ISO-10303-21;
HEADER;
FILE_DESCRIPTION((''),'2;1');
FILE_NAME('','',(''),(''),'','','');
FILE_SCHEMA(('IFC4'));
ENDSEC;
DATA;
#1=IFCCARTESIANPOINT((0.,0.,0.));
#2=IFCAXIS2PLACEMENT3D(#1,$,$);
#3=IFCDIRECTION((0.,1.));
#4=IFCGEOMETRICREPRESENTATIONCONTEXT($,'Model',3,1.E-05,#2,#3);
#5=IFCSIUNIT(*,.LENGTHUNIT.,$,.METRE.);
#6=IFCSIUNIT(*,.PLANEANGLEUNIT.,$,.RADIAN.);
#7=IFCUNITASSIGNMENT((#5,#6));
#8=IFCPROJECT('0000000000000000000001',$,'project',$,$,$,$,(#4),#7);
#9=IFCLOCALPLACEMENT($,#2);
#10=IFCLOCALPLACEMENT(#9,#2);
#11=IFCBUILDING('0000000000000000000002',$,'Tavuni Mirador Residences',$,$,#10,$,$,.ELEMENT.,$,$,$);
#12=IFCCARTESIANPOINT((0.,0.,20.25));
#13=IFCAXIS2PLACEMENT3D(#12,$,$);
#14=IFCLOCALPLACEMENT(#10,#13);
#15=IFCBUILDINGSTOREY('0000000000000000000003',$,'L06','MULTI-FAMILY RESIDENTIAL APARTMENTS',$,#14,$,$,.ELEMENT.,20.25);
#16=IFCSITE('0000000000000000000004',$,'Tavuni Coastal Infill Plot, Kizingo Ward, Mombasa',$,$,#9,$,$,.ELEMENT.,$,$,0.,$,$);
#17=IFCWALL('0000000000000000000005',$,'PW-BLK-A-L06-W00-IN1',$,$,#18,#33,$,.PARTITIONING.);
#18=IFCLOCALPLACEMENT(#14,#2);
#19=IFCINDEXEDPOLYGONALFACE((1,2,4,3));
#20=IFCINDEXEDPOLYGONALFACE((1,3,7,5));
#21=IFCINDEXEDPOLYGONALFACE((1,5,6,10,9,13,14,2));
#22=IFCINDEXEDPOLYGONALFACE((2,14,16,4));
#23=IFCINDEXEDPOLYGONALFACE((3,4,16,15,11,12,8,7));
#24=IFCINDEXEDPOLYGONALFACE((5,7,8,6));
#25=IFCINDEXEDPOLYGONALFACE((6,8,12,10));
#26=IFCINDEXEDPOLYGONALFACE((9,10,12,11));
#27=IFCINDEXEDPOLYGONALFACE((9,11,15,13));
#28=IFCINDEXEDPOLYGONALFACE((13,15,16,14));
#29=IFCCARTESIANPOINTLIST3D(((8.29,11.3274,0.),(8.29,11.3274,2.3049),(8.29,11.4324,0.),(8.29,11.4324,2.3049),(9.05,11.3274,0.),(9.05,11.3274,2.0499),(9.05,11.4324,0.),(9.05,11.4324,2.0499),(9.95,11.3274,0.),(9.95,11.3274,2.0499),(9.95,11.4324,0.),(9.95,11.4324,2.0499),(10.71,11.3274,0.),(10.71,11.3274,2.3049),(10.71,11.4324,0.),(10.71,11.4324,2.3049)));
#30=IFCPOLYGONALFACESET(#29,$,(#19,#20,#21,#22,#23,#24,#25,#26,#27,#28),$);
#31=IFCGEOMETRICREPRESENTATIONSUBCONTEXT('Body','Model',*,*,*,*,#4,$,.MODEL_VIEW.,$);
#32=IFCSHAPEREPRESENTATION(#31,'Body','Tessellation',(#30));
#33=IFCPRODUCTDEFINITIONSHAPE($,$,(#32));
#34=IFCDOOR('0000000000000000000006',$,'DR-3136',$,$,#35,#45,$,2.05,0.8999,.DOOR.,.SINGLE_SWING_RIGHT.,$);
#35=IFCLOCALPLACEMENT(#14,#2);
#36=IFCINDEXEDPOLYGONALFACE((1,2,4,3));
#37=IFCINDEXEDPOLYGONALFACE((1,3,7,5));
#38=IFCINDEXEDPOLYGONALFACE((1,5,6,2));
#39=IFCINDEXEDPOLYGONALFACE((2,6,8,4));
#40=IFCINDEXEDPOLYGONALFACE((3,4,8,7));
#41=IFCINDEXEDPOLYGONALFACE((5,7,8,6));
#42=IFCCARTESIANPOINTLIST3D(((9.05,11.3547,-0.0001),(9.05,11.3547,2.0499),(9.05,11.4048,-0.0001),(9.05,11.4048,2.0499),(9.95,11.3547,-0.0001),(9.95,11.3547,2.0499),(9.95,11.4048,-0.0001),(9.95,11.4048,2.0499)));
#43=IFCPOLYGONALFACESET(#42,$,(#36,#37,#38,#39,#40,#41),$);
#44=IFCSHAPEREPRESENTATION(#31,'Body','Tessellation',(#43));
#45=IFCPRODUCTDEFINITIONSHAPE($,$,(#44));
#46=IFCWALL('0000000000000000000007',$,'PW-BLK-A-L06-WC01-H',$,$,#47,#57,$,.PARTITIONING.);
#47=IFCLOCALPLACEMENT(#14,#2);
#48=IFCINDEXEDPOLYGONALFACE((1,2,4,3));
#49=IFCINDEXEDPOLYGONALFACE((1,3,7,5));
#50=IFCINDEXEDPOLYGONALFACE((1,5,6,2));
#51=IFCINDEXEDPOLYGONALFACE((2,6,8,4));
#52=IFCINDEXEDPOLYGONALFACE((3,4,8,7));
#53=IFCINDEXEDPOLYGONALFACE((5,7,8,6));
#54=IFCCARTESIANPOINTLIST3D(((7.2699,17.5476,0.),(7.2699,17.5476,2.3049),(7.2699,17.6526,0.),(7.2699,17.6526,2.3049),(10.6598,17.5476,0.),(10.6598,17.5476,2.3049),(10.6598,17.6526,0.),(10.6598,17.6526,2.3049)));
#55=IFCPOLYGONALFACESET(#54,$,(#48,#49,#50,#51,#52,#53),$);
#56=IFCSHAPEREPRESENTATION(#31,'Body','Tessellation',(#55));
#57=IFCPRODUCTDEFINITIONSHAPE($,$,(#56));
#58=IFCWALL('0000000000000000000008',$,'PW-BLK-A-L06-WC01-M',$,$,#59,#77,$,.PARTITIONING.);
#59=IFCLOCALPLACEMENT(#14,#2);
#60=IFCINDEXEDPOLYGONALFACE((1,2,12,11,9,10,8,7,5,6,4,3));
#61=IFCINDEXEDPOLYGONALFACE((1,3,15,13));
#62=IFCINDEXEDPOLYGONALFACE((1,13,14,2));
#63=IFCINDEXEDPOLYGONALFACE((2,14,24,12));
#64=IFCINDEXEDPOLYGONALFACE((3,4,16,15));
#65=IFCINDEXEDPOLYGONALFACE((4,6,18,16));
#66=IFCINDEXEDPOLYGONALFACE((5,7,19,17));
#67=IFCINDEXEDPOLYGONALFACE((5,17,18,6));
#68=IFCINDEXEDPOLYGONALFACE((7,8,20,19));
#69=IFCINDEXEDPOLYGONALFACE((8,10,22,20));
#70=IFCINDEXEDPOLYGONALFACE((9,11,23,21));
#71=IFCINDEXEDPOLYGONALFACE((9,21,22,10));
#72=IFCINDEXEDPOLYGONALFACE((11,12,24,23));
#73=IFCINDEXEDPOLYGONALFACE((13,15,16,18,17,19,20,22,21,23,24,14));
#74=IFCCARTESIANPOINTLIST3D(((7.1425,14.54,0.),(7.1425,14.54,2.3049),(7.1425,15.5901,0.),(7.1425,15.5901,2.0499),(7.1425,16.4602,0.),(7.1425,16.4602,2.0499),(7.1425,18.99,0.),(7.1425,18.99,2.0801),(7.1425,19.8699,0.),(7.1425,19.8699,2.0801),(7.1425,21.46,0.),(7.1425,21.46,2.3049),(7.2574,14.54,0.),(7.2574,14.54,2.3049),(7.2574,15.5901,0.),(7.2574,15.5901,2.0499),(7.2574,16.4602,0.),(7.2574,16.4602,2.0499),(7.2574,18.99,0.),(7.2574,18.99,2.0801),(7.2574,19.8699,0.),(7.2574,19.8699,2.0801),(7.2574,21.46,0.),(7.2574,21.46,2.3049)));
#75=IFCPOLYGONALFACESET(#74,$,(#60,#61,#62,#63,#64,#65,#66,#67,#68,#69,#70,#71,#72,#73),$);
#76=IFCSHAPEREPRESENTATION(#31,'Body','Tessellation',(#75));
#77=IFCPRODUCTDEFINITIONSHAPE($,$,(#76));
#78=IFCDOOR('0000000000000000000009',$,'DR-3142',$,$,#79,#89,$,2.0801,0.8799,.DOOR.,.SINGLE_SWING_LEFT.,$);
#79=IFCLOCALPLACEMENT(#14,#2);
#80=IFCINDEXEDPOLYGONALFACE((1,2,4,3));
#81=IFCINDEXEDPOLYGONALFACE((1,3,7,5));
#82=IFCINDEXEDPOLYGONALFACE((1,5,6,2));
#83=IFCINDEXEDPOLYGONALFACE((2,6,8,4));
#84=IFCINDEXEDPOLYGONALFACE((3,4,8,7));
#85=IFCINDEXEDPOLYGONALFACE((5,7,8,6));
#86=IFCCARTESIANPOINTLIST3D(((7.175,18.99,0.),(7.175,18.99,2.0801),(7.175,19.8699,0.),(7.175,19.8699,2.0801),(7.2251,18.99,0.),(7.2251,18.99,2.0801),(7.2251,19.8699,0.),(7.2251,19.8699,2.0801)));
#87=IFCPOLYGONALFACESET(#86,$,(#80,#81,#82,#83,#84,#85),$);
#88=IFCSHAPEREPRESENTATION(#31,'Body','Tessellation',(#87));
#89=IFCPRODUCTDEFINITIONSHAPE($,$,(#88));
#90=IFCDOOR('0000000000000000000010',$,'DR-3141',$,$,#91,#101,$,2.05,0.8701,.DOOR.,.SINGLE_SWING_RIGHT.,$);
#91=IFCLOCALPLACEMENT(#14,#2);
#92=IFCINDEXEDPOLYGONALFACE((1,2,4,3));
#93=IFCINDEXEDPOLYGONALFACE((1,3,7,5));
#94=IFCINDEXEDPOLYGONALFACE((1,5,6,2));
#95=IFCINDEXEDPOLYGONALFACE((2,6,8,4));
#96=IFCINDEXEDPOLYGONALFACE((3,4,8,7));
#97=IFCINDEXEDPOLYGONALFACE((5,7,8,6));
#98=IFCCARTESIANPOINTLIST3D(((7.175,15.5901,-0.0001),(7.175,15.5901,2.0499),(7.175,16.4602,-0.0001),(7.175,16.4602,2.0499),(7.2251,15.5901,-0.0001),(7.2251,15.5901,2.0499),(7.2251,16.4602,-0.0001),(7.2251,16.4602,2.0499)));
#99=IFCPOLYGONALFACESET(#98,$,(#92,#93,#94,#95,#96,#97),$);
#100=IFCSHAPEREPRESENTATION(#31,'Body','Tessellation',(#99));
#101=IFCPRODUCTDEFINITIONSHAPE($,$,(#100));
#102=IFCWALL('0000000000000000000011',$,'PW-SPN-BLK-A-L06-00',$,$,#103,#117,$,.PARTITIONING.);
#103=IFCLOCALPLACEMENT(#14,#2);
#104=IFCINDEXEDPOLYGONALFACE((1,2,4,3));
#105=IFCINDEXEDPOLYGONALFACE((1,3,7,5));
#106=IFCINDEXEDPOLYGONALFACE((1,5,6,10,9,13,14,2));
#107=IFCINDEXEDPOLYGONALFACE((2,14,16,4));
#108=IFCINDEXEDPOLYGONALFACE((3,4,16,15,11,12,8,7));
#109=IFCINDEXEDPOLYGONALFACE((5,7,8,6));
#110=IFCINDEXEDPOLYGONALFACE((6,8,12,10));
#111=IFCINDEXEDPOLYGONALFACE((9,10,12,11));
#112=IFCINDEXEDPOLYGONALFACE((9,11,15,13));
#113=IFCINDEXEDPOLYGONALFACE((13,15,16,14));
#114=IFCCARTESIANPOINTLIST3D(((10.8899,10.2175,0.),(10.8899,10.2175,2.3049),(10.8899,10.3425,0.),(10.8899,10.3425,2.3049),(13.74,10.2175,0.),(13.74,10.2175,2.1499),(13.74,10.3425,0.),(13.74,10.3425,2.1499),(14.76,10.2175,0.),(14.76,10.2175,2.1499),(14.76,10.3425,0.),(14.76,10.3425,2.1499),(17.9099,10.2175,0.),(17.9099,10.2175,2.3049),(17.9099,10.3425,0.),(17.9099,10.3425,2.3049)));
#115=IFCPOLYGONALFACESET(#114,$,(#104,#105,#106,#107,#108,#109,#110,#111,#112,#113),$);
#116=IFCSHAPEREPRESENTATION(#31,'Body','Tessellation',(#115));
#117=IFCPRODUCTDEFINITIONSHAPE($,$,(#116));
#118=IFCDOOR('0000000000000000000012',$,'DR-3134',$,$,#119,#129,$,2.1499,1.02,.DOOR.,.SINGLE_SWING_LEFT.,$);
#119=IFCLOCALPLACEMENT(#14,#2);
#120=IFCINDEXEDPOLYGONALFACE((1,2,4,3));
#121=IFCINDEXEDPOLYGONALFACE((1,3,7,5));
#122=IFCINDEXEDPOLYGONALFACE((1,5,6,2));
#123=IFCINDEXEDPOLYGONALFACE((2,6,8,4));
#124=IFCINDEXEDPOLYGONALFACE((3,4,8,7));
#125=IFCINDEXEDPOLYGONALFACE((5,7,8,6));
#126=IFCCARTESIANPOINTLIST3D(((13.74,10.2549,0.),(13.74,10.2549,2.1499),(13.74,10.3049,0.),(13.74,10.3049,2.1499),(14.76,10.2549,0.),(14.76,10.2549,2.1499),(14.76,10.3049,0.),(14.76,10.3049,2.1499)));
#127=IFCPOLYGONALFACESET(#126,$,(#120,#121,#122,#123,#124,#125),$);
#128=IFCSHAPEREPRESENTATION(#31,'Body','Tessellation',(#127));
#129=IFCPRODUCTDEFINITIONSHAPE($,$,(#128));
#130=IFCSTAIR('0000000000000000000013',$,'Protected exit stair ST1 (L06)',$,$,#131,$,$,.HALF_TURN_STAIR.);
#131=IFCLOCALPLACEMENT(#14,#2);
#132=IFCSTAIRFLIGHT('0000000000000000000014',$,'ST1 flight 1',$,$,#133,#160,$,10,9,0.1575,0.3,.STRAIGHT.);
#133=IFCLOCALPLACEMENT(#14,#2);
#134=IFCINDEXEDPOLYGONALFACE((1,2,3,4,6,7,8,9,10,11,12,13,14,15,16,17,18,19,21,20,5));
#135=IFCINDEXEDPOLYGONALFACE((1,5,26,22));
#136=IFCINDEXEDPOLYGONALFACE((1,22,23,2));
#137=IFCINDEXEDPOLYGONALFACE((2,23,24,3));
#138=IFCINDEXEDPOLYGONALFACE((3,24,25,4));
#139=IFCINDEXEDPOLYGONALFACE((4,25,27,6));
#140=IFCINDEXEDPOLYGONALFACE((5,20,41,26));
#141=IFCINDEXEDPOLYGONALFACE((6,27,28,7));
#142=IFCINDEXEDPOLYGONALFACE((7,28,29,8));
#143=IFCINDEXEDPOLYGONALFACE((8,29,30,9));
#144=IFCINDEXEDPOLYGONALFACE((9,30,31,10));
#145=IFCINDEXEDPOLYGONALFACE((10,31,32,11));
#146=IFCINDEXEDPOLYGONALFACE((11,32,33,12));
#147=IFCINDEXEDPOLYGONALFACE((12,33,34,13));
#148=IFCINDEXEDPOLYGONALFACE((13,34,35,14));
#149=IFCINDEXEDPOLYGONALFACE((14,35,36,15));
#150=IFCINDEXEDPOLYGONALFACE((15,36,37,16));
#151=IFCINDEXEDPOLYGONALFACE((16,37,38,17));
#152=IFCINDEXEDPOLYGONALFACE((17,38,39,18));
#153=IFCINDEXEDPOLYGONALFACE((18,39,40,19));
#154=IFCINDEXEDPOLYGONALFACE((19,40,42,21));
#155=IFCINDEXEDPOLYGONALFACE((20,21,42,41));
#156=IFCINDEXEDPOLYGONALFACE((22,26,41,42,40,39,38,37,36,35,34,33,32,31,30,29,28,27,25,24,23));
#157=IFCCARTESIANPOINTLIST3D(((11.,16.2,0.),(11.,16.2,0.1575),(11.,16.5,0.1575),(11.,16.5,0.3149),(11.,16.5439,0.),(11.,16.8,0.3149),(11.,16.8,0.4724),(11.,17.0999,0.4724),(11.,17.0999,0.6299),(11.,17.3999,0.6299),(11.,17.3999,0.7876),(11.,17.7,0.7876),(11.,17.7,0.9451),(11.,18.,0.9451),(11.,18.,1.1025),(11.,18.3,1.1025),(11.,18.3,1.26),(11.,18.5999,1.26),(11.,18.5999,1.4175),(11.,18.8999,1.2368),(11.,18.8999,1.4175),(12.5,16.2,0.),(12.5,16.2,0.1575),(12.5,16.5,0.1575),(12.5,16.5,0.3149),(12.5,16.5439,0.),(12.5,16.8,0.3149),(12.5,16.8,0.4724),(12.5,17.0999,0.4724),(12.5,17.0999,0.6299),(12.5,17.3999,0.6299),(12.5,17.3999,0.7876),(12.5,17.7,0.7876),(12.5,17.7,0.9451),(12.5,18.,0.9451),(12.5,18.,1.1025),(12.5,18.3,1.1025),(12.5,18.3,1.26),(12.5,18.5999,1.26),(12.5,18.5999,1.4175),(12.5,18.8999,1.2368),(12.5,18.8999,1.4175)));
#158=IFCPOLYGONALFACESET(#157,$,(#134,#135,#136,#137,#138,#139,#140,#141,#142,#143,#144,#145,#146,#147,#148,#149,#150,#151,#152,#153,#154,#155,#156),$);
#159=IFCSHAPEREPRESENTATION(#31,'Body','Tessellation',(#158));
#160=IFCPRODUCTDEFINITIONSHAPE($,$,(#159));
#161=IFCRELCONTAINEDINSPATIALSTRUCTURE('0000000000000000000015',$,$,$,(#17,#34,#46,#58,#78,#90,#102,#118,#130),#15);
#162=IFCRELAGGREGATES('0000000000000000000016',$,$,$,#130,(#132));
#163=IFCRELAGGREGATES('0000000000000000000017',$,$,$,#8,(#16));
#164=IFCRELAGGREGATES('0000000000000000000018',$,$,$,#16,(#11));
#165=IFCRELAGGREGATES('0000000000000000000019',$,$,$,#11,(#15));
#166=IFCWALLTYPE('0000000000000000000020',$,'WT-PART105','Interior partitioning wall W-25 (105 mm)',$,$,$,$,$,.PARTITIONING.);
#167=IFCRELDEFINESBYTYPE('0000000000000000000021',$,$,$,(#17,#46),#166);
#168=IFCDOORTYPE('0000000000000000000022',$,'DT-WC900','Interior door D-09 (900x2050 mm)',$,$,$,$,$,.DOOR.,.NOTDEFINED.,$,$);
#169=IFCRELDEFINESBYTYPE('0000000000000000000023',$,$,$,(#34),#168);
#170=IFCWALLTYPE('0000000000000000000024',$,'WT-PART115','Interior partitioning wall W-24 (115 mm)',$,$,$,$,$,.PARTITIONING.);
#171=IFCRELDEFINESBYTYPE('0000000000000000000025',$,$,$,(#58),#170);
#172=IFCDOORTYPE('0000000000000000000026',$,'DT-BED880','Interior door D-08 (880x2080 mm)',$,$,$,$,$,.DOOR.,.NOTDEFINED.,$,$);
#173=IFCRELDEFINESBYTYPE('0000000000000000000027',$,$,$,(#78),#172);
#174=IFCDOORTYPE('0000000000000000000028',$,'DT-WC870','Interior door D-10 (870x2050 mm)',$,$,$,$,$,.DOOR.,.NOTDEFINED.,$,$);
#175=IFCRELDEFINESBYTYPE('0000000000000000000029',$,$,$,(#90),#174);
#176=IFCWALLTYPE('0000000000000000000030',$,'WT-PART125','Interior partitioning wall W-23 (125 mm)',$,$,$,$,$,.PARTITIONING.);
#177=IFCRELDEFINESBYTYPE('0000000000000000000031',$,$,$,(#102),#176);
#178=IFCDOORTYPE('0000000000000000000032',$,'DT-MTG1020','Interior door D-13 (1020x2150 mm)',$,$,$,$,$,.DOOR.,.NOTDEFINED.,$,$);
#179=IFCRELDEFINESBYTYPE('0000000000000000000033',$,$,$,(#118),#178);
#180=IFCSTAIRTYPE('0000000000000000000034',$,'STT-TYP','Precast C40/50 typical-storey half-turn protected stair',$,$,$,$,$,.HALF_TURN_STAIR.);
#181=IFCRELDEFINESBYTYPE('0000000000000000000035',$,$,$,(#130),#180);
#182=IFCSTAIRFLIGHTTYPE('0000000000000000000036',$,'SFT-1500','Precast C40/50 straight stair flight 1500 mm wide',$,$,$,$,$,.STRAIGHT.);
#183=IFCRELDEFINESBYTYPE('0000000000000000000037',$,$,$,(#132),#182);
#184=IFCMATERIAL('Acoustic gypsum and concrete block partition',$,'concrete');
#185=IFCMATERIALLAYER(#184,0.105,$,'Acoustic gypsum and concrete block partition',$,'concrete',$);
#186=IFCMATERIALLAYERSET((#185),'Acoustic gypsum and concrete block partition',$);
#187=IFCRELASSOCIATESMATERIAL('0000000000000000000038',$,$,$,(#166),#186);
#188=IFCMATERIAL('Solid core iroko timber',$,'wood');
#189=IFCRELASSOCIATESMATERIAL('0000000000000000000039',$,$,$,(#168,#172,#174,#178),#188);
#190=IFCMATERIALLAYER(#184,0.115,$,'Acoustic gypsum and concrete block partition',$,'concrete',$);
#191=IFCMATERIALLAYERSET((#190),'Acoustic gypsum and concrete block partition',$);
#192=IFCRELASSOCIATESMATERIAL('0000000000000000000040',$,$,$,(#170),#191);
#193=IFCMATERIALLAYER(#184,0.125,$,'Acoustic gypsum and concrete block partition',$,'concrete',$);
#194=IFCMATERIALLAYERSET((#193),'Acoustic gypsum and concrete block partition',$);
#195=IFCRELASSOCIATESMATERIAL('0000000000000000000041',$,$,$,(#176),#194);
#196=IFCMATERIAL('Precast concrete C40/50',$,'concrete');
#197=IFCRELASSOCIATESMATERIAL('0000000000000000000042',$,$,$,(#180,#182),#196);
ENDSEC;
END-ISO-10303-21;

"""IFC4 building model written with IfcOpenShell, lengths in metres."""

from ifc_helpers import new_model, si_unit, direction, frame, frame_2d, origin, place, context, subcontext, project, spatial, polyline, rectangle, outline, extrude, material, layer, layer_set, type_object, element, fill, aggregate, save


model = new_model("IFC4")

# Units and contexts
model_context = context("Model", 3, precision=1e-05, world=origin(), true_north=direction((0.0, 1.0)))
body_context = subcontext(model_context, "Body", "Model", "MODEL_VIEW")
ifc_project = project(units=[si_unit("LENGTHUNIT", "METRE"), si_unit("PLANEANGLEUNIT", "RADIAN")], contexts=[model_context])

# Site, building, storey
site_placement = place(None, origin())
site = spatial("IfcSite", under=ifc_project, at=site_placement, Name="Tavuni Coastal Infill Plot, Kizingo Ward, Mombasa", CompositionType="ELEMENT", RefElevation=0.0)
building_placement = place(site_placement, origin())
building = spatial("IfcBuilding", under=site, at=building_placement, Name="Tavuni Mirador Residences", CompositionType="ELEMENT")
storey_placement = place(building_placement, frame((0.0, 0.0, 20.25)))
storey = spatial("IfcBuildingStorey", under=building, at=storey_placement, Name="L06", Description="MULTI-FAMILY RESIDENTIAL APARTMENTS", CompositionType="ELEMENT", Elevation=20.25)

# Shared definitions
ifc_material_1 = material(Name="Precast concrete C40/50", Category="concrete")

# Shared definitions
ifc_material_2 = material(Name="Solid core iroko timber", Category="wood")

# Wall, opening, door
ifc_material_3 = material(Name="Acoustic gypsum and concrete block partition", Category="concrete")
ifc_layer_1 = layer(ifc_material_3, 0.105, Name="Acoustic gypsum and concrete block partition", Category="concrete")
ifc_layer_set_1 = layer_set([ifc_layer_1], Name="Acoustic gypsum and concrete block partition")
wall_type_1 = type_object("IfcWallType", Name="WT-PART105", Description="Interior partitioning wall W-25 (105 mm)", PredefinedType="PARTITIONING", material=ifc_layer_set_1)
wall_1_placement = place(storey_placement, frame((8.29, 11.3799, 0.0), z_axis=(0.0, 0.0, 1.0), x_axis=(1.0, 0.0, 0.0)))
wall_1 = element("IfcWall", 1, at=wall_1_placement, inside=storey, type_object=wall_type_1, Name="PW-BLK-A-L06-W00-IN1", PredefinedType="PARTITIONING", context=body_context, shape_type="SweptSolid", body=[
    extrude(rectangle(XDim=2.4199, YDim=0.105, at=frame_2d((1.21, 0.0))), origin(), (0.0, 0.0, 1.0), 2.3049),
])
opening_1_placement = place(wall_1_placement, frame((0.76, 0.0, 0.0)))
opening_1 = element("IfcOpeningElement", 2, at=opening_1_placement, cuts=wall_1, PredefinedType="OPENING", context=body_context, shape_type="SweptSolid", body=[
    extrude(rectangle(XDim=0.8999, YDim=2.05, at=frame_2d((0.45, 1.0249))), frame((0.0, 0.0625, 0.0), z_axis=(0.0, -1.0, 0.0), x_axis=(1.0, 0.0, 0.0)), (0.0, 0.0, 1.0), 0.125),
])
door_type_1 = type_object("IfcDoorType", Name="DT-WC900", Description="Interior door D-09 (900x2050 mm)", OperationType="NOTDEFINED", PredefinedType="DOOR", material=ifc_material_2)
door_1_placement = place(opening_1_placement, origin())
door_1 = element("IfcDoor", 3, at=door_1_placement, inside=storey, type_object=door_type_1, Name="DR-3136", OperationType="SINGLE_SWING_RIGHT", OverallHeight=2.05, OverallWidth=0.8999, PredefinedType="DOOR", context=body_context, shape_type="SweptSolid", body=[
    extrude(rectangle(XDim=0.8999, YDim=2.05, at=frame_2d((0.45, 1.0249))), frame((0.0, 0.0249, 0.0), z_axis=(0.0, -1.0, 0.0), x_axis=(1.0, 0.0, 0.0)), (0.0, 0.0, 1.0), 0.05),
])
fill(opening_1, door_1)

# Wall
wall_2_placement = place(storey_placement, frame((7.27, 17.6001, 0.0), z_axis=(0.0, 0.0, 1.0), x_axis=(1.0, 0.0, 0.0)))
element("IfcWall", 4, at=wall_2_placement, inside=storey, type_object=wall_type_1, Name="PW-BLK-A-L06-WC01-H", PredefinedType="PARTITIONING", context=body_context, shape_type="SweptSolid", body=[
    extrude(rectangle(XDim=3.3899, YDim=0.105, at=frame_2d((1.6948, 0.0))), origin(), (0.0, 0.0, 1.0), 2.3049),
])

# Wall, openings, doors
ifc_layer_2 = layer(ifc_material_3, 0.115, Name="Acoustic gypsum and concrete block partition", Category="concrete")
ifc_layer_set_2 = layer_set([ifc_layer_2], Name="Acoustic gypsum and concrete block partition")
wall_type_2 = type_object("IfcWallType", Name="WT-PART115", Description="Interior partitioning wall W-24 (115 mm)", PredefinedType="PARTITIONING", material=ifc_layer_set_2)
wall_3_placement = place(storey_placement, frame((7.2, 14.54, 0.0), z_axis=(0.0, 0.0, 1.0), x_axis=(0.0, 1.0, 0.0)))
wall_3 = element("IfcWall", 5, at=wall_3_placement, inside=storey, type_object=wall_type_2, Name="PW-BLK-A-L06-WC01-M", PredefinedType="PARTITIONING", context=body_context, shape_type="SweptSolid", body=[
    extrude(rectangle(XDim=6.9199, YDim=0.115, at=frame_2d((3.46, 0.0))), origin(), (0.0, 0.0, 1.0), 2.3049),
])
opening_2_placement = place(wall_3_placement, frame((1.05, 0.0, 0.0)))
opening_2 = element("IfcOpeningElement", 6, at=opening_2_placement, cuts=wall_3, PredefinedType="OPENING", context=body_context, shape_type="SweptSolid", body=[
    extrude(rectangle(XDim=0.8701, YDim=2.05, at=frame_2d((0.4351, 1.0249))), frame((0.0, 0.0674, 0.0), z_axis=(0.0, -1.0, 0.0), x_axis=(1.0, 0.0, 0.0)), (0.0, 0.0, 1.0), 0.135),
])
opening_3_placement = place(wall_3_placement, frame((4.45, 0.0, 0.0)))
opening_3 = element("IfcOpeningElement", 7, at=opening_3_placement, cuts=wall_3, PredefinedType="OPENING", context=body_context, shape_type="SweptSolid", body=[
    extrude(rectangle(XDim=0.8799, YDim=2.0801, at=frame_2d((0.4399, 1.04))), frame((0.0, 0.0674, 0.0), z_axis=(0.0, -1.0, 0.0), x_axis=(1.0, 0.0, 0.0)), (0.0, 0.0, 1.0), 0.135),
])
door_type_2 = type_object("IfcDoorType", Name="DT-BED880", Description="Interior door D-08 (880x2080 mm)", OperationType="NOTDEFINED", PredefinedType="DOOR", material=ifc_material_2)
door_2_placement = place(opening_3_placement, origin())
door_2 = element("IfcDoor", 8, at=door_2_placement, inside=storey, type_object=door_type_2, Name="DR-3142", OperationType="SINGLE_SWING_LEFT", OverallHeight=2.0801, OverallWidth=0.8799, PredefinedType="DOOR", context=body_context, shape_type="SweptSolid", body=[
    extrude(rectangle(XDim=0.8799, YDim=2.0801, at=frame_2d((0.4399, 1.04))), frame((0.0, 0.0249, 0.0), z_axis=(0.0, -1.0, 0.0), x_axis=(1.0, 0.0, 0.0)), (0.0, 0.0, 1.0), 0.05),
])
fill(opening_3, door_2)
door_type_3 = type_object("IfcDoorType", Name="DT-WC870", Description="Interior door D-10 (870x2050 mm)", OperationType="NOTDEFINED", PredefinedType="DOOR", material=ifc_material_2)
door_3_placement = place(opening_2_placement, origin())
door_3 = element("IfcDoor", 9, at=door_3_placement, inside=storey, type_object=door_type_3, Name="DR-3141", OperationType="SINGLE_SWING_RIGHT", OverallHeight=2.05, OverallWidth=0.8701, PredefinedType="DOOR", context=body_context, shape_type="SweptSolid", body=[
    extrude(rectangle(XDim=0.8701, YDim=2.05, at=frame_2d((0.4351, 1.0249))), frame((0.0, 0.0249, 0.0), z_axis=(0.0, -1.0, 0.0), x_axis=(1.0, 0.0, 0.0)), (0.0, 0.0, 1.0), 0.05),
])
fill(opening_2, door_3)

# Wall, opening, door
ifc_layer_3 = layer(ifc_material_3, 0.125, Name="Acoustic gypsum and concrete block partition", Category="concrete")
ifc_layer_set_3 = layer_set([ifc_layer_3], Name="Acoustic gypsum and concrete block partition")
wall_type_3 = type_object("IfcWallType", Name="WT-PART125", Description="Interior partitioning wall W-23 (125 mm)", PredefinedType="PARTITIONING", material=ifc_layer_set_3)
wall_4_placement = place(storey_placement, frame((10.8899, 10.28, 0.0), z_axis=(0.0, 0.0, 1.0), x_axis=(1.0, 0.0, 0.0)))
wall_4 = element("IfcWall", 10, at=wall_4_placement, inside=storey, type_object=wall_type_3, Name="PW-SPN-BLK-A-L06-00", PredefinedType="PARTITIONING", context=body_context, shape_type="SweptSolid", body=[
    extrude(rectangle(XDim=7.02, YDim=0.125, at=frame_2d((3.51, 0.0))), origin(), (0.0, 0.0, 1.0), 2.3049),
])
opening_4_placement = place(wall_4_placement, frame((2.8501, 0.0, 0.0)))
opening_4 = element("IfcOpeningElement", 11, at=opening_4_placement, cuts=wall_4, PredefinedType="OPENING", context=body_context, shape_type="SweptSolid", body=[
    extrude(rectangle(XDim=1.02, YDim=2.1499, at=frame_2d((0.51, 1.075))), frame((0.0, 0.0725, 0.0), z_axis=(0.0, -1.0, 0.0), x_axis=(1.0, 0.0, 0.0)), (0.0, 0.0, 1.0), 0.145),
])
door_type_4 = type_object("IfcDoorType", Name="DT-MTG1020", Description="Interior door D-13 (1020x2150 mm)", OperationType="NOTDEFINED", PredefinedType="DOOR", material=ifc_material_2)
door_4_placement = place(opening_4_placement, origin())
door_4 = element("IfcDoor", 12, at=door_4_placement, inside=storey, type_object=door_type_4, Name="DR-3134", OperationType="SINGLE_SWING_LEFT", OverallHeight=2.1499, OverallWidth=1.02, PredefinedType="DOOR", context=body_context, shape_type="SweptSolid", body=[
    extrude(rectangle(XDim=1.02, YDim=2.1499, at=frame_2d((0.51, 1.075))), frame((0.0, 0.0249, 0.0), z_axis=(0.0, -1.0, 0.0), x_axis=(1.0, 0.0, 0.0)), (0.0, 0.0, 1.0), 0.05),
])
fill(opening_4, door_4)

# Stair, stair flight
stair_type = type_object("IfcStairType", Name="STT-TYP", Description="Precast C40/50 typical-storey half-turn protected stair", PredefinedType="HALF_TURN_STAIR", material=ifc_material_1)
stair_placement = place(storey_placement, origin())
stair = element("IfcStair", 13, at=stair_placement, inside=storey, type_object=stair_type, Name="Protected exit stair ST1 (L06)", PredefinedType="HALF_TURN_STAIR")
stair_flight_type = type_object("IfcStairFlightType", Name="SFT-1500", Description="Precast C40/50 straight stair flight 1500 mm wide", PredefinedType="STRAIGHT", material=ifc_material_1)
stair_flight_1_placement = place(storey_placement, frame((11.75, 16.2, 0.0), z_axis=(0.0, 0.0, 1.0), x_axis=(0.0, 1.0, 0.0)))
stair_flight_1 = element("IfcStairFlight", 14, at=stair_flight_1_placement, type_object=stair_flight_type, Name="ST1 flight 1", NumberOfRisers=10, NumberOfTreads=9, PredefinedType="STRAIGHT", RiserHeight=0.1575, TreadLength=0.3, context=body_context, shape_type="SweptSolid", body=[
    extrude(outline(polyline([(0.0, 0.0), (0.0, 0.1575), (0.3, 0.1575), (0.3, 0.3149), (0.6001, 0.3149), (0.6001, 0.4724), (0.8999, 0.4724), (0.8999, 0.6299), (1.2, 0.6299), (1.2, 0.7876), (1.5, 0.7876), (1.5, 0.9451), (1.8, 0.9451), (1.8, 1.1025), (2.1001, 1.1025), (2.1001, 1.26), (2.3999, 1.26), (2.3999, 1.4175), (2.7, 1.4175), (2.7, 1.575), (2.7, 1.2368), (0.344, 0.0), (0.0, 0.0)])), frame((0.0, 0.75, 0.0), z_axis=(0.0, -1.0, 0.0), x_axis=(1.0, 0.0, 0.0)), (0.0, 0.0, 1.0), 1.5),
])
aggregate(stair, [stair_flight_1])

save(model, "model.ifc")
